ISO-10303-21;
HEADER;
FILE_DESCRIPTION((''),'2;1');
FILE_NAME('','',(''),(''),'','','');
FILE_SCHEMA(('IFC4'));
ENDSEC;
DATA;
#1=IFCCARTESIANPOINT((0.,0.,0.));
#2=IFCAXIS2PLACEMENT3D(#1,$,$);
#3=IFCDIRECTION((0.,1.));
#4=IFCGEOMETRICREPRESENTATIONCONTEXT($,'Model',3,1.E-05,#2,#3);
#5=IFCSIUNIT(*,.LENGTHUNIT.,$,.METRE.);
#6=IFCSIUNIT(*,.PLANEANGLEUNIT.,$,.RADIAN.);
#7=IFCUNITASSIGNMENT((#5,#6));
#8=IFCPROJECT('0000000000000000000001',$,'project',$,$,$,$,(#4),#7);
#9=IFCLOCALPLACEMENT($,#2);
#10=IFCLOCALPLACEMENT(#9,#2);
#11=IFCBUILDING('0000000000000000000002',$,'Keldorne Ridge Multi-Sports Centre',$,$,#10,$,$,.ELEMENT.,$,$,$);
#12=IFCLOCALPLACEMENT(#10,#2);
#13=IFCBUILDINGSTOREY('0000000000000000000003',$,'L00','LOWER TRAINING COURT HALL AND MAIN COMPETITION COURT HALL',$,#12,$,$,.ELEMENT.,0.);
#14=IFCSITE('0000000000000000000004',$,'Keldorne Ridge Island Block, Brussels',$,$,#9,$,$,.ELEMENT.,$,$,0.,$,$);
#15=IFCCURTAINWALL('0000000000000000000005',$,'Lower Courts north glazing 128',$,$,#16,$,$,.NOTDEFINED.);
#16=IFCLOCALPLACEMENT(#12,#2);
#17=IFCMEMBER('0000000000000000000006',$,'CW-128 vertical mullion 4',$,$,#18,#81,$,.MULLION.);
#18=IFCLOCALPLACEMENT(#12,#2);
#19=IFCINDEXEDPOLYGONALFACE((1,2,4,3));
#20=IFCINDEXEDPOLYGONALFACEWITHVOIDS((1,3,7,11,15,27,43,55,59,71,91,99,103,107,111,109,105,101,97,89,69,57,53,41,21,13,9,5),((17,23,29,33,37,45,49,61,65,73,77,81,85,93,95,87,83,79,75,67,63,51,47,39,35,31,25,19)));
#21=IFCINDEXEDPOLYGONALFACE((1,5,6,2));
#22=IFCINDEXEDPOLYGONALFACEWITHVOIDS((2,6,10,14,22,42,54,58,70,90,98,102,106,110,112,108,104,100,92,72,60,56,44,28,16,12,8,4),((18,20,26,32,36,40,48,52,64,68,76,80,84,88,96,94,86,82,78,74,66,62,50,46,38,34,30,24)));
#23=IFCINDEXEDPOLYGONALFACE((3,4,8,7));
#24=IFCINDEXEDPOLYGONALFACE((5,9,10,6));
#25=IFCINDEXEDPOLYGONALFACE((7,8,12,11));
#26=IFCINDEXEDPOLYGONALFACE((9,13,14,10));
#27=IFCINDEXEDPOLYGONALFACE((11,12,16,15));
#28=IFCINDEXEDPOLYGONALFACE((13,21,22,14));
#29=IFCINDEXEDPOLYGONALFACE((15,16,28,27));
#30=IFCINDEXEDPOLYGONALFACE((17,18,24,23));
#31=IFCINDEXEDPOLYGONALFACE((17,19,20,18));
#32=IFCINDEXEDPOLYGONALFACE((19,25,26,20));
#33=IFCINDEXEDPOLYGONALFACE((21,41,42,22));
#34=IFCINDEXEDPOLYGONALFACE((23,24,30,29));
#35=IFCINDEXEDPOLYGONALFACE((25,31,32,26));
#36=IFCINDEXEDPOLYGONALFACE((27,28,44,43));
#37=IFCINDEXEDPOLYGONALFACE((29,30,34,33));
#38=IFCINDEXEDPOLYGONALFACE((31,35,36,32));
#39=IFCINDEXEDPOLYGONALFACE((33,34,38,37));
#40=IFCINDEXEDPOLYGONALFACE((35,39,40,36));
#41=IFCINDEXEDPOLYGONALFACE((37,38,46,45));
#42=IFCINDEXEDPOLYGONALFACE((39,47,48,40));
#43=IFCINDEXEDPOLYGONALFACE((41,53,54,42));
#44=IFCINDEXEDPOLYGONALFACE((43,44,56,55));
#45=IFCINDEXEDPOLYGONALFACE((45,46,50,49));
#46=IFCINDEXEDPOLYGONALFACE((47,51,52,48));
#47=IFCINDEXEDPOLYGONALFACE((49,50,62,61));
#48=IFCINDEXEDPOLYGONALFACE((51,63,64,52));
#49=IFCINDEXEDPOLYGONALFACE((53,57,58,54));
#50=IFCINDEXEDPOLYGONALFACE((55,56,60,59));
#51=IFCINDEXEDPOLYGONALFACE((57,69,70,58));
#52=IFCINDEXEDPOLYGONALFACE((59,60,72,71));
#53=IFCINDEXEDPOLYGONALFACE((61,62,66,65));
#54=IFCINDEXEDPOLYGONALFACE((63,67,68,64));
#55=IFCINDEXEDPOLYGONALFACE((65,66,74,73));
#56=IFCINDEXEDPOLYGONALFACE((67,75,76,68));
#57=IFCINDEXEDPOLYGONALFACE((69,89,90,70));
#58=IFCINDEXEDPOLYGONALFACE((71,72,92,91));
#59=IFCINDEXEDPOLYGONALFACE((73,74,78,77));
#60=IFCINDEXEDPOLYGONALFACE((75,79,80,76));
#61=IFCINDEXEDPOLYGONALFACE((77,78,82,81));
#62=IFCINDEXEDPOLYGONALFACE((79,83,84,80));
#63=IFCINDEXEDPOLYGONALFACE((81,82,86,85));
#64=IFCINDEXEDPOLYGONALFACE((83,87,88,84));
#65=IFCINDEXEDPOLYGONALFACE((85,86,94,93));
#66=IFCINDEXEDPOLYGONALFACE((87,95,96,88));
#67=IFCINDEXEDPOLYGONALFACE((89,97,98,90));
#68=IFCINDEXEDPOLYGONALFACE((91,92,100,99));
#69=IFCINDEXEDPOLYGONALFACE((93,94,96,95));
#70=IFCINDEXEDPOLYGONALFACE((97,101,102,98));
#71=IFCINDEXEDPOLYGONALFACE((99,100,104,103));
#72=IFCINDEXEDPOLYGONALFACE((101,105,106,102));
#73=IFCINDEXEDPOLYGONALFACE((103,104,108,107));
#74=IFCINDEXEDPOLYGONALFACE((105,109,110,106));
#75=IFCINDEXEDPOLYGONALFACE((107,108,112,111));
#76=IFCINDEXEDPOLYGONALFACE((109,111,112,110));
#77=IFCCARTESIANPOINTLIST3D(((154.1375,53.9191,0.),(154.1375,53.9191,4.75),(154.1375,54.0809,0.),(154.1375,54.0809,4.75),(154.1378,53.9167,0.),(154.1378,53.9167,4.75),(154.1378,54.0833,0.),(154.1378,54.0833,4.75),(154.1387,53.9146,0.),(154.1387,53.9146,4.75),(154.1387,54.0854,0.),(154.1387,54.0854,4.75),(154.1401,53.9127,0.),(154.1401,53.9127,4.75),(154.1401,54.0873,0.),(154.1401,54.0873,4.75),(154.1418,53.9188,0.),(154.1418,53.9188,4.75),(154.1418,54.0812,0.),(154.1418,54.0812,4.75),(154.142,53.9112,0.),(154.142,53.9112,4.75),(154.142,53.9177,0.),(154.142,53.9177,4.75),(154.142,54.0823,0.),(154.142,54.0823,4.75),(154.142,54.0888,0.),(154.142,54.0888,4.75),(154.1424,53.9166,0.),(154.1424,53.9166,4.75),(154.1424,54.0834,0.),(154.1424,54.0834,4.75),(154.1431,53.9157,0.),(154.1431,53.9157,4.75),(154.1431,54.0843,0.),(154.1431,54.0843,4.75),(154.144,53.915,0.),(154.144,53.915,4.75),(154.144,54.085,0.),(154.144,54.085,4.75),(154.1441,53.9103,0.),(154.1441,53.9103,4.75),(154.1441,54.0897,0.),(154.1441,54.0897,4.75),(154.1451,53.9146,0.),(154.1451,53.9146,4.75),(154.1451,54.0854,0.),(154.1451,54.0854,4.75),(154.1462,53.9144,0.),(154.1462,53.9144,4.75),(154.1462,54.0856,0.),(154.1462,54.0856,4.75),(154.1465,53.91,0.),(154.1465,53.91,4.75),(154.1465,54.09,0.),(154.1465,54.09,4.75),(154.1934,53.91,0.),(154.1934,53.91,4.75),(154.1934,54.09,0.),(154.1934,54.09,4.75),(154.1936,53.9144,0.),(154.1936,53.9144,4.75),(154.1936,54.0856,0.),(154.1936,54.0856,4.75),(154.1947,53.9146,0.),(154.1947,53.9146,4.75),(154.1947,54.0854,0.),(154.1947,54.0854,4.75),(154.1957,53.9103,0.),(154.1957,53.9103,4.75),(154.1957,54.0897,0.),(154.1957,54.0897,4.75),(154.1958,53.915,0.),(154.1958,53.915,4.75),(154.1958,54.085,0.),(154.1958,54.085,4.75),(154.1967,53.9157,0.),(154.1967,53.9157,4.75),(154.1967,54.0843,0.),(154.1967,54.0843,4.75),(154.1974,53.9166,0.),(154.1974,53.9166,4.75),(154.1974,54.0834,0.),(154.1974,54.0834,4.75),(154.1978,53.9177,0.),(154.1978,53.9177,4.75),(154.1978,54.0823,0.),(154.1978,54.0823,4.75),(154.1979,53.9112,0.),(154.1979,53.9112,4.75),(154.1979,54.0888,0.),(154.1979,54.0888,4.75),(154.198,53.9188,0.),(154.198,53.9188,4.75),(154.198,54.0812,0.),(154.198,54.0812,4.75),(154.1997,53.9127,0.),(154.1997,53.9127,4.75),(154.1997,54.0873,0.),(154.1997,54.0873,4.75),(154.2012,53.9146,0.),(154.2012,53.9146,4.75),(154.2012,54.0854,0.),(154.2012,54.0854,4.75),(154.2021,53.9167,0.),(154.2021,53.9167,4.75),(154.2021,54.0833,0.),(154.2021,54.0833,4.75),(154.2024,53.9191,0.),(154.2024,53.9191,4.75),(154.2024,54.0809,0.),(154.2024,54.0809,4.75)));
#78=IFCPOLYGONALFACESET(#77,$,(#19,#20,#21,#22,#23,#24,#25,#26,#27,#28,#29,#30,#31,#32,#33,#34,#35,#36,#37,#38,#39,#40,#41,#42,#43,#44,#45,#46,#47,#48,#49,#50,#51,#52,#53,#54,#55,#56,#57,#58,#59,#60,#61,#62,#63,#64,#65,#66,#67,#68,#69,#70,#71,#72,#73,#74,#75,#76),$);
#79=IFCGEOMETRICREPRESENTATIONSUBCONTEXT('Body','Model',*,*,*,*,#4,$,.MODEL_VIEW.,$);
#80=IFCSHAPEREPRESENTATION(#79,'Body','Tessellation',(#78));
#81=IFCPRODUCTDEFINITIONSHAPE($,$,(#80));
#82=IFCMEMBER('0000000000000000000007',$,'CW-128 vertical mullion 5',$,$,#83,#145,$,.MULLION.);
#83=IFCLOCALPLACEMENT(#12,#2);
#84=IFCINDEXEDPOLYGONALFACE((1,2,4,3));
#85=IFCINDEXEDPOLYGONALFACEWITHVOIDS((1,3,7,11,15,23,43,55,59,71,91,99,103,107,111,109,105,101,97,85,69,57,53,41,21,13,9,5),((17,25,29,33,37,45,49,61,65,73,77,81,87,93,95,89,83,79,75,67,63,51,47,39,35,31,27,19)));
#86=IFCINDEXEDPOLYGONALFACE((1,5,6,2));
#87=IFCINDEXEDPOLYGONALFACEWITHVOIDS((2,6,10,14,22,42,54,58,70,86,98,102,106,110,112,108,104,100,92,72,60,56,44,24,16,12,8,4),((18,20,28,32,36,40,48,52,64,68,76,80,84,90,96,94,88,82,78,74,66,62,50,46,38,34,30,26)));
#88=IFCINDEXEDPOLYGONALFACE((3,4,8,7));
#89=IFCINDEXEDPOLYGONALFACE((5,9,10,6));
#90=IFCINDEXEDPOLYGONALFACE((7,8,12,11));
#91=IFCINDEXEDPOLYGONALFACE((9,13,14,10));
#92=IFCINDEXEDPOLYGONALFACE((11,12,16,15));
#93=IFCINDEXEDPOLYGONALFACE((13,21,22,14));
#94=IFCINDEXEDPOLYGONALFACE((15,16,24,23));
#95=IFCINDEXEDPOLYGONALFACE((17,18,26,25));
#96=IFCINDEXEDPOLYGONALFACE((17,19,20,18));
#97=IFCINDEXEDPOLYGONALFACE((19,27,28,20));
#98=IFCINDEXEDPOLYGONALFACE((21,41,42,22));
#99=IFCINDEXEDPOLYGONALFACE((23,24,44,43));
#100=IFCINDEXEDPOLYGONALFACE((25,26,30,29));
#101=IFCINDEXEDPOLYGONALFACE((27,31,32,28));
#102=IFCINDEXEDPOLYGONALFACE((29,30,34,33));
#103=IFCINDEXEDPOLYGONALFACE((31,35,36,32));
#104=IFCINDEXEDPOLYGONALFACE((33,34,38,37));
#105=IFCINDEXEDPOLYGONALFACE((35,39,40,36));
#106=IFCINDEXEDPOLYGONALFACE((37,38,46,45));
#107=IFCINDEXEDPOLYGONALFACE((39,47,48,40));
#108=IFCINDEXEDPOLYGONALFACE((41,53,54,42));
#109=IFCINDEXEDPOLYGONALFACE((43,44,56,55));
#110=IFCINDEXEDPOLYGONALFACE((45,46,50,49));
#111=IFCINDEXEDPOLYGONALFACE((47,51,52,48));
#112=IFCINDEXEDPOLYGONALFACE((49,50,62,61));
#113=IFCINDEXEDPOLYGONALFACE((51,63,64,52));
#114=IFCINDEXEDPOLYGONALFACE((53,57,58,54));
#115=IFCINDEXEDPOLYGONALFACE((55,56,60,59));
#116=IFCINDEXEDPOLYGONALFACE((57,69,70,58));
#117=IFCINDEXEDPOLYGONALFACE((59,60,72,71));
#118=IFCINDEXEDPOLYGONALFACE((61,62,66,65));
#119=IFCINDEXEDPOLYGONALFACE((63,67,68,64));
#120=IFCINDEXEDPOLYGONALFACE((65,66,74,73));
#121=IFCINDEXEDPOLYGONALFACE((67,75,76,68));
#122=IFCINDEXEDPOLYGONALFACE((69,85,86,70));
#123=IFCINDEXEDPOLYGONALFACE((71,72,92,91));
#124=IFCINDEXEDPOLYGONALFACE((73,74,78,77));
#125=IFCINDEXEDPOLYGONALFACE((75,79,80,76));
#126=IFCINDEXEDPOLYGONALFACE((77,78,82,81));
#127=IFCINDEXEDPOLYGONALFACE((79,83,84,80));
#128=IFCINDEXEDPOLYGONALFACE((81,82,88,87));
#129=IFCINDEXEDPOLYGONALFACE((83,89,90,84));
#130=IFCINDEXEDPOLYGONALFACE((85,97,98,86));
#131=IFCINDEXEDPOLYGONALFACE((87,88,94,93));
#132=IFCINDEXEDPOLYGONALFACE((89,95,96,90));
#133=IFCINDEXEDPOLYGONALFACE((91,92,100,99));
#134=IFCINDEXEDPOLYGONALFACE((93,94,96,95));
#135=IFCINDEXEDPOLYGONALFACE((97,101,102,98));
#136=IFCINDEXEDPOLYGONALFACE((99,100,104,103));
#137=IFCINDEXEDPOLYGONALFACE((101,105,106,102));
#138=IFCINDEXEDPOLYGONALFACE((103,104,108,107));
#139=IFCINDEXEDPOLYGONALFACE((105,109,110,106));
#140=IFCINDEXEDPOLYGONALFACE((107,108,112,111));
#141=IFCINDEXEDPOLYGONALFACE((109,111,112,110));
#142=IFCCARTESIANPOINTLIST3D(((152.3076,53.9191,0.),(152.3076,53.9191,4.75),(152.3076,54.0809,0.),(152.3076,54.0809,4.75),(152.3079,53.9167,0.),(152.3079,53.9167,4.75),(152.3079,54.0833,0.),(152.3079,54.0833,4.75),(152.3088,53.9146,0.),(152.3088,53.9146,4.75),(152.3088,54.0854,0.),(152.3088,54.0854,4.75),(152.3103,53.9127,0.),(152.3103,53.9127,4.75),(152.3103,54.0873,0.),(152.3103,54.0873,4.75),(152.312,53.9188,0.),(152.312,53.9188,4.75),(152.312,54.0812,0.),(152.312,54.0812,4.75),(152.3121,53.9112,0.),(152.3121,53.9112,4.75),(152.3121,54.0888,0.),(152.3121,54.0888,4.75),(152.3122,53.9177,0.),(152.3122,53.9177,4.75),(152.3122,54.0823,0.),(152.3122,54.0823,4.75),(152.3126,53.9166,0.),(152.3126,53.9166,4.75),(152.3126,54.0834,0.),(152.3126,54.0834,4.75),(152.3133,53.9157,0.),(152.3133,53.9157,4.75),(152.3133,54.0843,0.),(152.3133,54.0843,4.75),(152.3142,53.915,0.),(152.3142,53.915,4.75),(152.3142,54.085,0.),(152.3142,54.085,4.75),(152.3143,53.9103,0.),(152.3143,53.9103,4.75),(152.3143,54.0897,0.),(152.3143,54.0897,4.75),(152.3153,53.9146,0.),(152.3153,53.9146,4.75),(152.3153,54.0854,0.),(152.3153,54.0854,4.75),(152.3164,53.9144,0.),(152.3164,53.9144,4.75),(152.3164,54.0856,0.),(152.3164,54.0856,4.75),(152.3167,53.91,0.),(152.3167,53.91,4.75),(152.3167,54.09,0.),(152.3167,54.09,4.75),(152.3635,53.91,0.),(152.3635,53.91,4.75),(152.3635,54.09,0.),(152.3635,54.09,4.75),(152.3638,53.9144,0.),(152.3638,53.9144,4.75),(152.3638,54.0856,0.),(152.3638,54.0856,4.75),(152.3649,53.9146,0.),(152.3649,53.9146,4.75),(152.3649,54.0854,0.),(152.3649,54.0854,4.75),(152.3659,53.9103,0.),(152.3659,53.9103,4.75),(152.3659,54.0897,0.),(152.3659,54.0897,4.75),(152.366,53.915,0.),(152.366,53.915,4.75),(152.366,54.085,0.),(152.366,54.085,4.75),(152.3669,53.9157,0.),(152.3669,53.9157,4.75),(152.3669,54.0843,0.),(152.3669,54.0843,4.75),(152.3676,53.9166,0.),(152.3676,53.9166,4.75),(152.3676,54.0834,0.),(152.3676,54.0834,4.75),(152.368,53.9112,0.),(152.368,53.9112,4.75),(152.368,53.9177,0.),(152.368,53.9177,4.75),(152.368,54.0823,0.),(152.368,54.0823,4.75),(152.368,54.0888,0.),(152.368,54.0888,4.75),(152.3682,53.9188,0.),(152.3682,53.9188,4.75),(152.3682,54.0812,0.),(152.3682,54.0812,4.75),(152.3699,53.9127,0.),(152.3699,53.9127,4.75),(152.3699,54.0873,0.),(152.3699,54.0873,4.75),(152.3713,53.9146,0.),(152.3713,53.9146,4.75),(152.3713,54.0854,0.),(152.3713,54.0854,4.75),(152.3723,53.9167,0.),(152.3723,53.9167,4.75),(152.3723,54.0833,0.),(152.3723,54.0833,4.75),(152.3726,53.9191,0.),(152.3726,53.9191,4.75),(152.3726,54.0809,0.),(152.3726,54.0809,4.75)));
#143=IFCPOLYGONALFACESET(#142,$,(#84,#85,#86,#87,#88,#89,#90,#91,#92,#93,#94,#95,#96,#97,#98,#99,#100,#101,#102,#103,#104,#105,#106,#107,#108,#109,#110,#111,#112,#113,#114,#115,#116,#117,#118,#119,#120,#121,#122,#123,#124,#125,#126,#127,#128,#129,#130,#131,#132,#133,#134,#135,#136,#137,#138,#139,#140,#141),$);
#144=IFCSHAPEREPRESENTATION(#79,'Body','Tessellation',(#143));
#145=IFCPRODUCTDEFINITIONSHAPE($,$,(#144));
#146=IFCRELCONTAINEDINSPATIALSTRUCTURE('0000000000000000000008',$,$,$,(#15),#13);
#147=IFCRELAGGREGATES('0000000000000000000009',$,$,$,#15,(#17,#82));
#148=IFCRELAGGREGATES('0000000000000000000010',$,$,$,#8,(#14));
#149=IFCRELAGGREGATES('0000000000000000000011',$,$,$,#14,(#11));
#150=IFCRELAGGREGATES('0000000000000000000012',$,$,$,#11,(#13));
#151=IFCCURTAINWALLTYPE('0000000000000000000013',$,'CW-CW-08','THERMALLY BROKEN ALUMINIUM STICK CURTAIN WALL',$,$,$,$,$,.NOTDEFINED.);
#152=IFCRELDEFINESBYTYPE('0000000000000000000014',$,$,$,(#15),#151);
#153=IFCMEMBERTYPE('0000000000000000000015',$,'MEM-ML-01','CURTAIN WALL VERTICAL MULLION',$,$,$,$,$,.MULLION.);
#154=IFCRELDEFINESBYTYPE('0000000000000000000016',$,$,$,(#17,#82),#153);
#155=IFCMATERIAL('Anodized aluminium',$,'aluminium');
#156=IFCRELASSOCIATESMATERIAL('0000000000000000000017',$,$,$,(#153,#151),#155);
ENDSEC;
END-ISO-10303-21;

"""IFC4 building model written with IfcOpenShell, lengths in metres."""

from ifc_helpers import new_model, si_unit, direction, frame, origin, origin_2d, place, context, subcontext, project, spatial, hollow_rectangle, extrude, material, material_profile, profile_set, type_object, element, aggregate, save


model = new_model("IFC4")

# Units and contexts
model_context = context("Model", 3, precision=1e-05, world=origin(), true_north=direction((0.0, 1.0)))
body_context = subcontext(model_context, "Body", "Model", "MODEL_VIEW")
ifc_project = project(units=[si_unit("LENGTHUNIT", "METRE"), si_unit("PLANEANGLEUNIT", "RADIAN")], contexts=[model_context])

# Site, building, storey
site_placement = place(None, origin())
site = spatial("IfcSite", under=ifc_project, at=site_placement, Name="Keldorne Ridge Island Block, Brussels", CompositionType="ELEMENT", RefElevation=0.0)
building_placement = place(site_placement, origin())
building = spatial("IfcBuilding", under=site, at=building_placement, Name="Keldorne Ridge Multi-Sports Centre", CompositionType="ELEMENT")
storey_placement = place(building_placement, origin())
storey = spatial("IfcBuildingStorey", under=building, at=storey_placement, Name="L00", Description="LOWER TRAINING COURT HALL AND MAIN COMPETITION COURT HALL", CompositionType="ELEMENT", Elevation=0.0)

# Curtain wall, members
ifc_material_1 = material(Name="Anodized aluminium", Category="aluminium")
ifc_material_profile_1 = material_profile(ifc_material_1, hollow_rectangle(XDim=0.0649, YDim=0.1799, WallThickness=0.0044, InnerFilletRadius=0.0044, OuterFilletRadius=0.009, at=origin_2d()), Name="ALU MULLION 180x65x4.5")
ifc_profile_set_1 = profile_set([ifc_material_profile_1], Name="Anodized aluminium")
member_type_1 = type_object("IfcMemberType", Name="MEM-ML-01", Description="CURTAIN WALL VERTICAL MULLION", PredefinedType="MULLION", material=ifc_profile_set_1)
curtain_wall_type_1 = type_object("IfcCurtainWallType", Name="CW-CW-08", Description="THERMALLY BROKEN ALUMINIUM STICK CURTAIN WALL", PredefinedType="NOTDEFINED", material=ifc_material_1)
curtain_wall_1_placement = place(storey_placement, origin())
curtain_wall_1 = element("IfcCurtainWall", 1, at=curtain_wall_1_placement, inside=storey, type_object=curtain_wall_type_1, Name="Lower Courts north glazing 128", PredefinedType="NOTDEFINED")
member_1_placement = place(storey_placement, frame((154.1699, 54.0, 0.0), z_axis=(0.0, 0.0, 1.0), x_axis=(1.0, 0.0, 0.0)))
member_1 = element("IfcMember", 2, at=member_1_placement, type_object=member_type_1, Name="CW-128 vertical mullion 4", PredefinedType="MULLION", context=body_context, shape_type="SweptSolid", body=[
    extrude(hollow_rectangle(XDim=0.0649, YDim=0.1799, WallThickness=0.0044, InnerFilletRadius=0.0044, OuterFilletRadius=0.009, at=origin_2d()), origin(), (0.0, 0.0, 1.0), 4.75),
])
member_2_placement = place(storey_placement, frame((152.3401, 54.0, 0.0), z_axis=(0.0, 0.0, 1.0), x_axis=(1.0, 0.0, 0.0)))
member_2 = element("IfcMember", 3, at=member_2_placement, type_object=member_type_1, Name="CW-128 vertical mullion 5", PredefinedType="MULLION", context=body_context, shape_type="SweptSolid", body=[
    extrude(hollow_rectangle(XDim=0.0649, YDim=0.1799, WallThickness=0.0044, InnerFilletRadius=0.0044, OuterFilletRadius=0.009, at=origin_2d()), origin(), (0.0, 0.0, 1.0), 4.75),
])

aggregate(curtain_wall_1, [member_1, member_2])

save(model, "model.ifc")
